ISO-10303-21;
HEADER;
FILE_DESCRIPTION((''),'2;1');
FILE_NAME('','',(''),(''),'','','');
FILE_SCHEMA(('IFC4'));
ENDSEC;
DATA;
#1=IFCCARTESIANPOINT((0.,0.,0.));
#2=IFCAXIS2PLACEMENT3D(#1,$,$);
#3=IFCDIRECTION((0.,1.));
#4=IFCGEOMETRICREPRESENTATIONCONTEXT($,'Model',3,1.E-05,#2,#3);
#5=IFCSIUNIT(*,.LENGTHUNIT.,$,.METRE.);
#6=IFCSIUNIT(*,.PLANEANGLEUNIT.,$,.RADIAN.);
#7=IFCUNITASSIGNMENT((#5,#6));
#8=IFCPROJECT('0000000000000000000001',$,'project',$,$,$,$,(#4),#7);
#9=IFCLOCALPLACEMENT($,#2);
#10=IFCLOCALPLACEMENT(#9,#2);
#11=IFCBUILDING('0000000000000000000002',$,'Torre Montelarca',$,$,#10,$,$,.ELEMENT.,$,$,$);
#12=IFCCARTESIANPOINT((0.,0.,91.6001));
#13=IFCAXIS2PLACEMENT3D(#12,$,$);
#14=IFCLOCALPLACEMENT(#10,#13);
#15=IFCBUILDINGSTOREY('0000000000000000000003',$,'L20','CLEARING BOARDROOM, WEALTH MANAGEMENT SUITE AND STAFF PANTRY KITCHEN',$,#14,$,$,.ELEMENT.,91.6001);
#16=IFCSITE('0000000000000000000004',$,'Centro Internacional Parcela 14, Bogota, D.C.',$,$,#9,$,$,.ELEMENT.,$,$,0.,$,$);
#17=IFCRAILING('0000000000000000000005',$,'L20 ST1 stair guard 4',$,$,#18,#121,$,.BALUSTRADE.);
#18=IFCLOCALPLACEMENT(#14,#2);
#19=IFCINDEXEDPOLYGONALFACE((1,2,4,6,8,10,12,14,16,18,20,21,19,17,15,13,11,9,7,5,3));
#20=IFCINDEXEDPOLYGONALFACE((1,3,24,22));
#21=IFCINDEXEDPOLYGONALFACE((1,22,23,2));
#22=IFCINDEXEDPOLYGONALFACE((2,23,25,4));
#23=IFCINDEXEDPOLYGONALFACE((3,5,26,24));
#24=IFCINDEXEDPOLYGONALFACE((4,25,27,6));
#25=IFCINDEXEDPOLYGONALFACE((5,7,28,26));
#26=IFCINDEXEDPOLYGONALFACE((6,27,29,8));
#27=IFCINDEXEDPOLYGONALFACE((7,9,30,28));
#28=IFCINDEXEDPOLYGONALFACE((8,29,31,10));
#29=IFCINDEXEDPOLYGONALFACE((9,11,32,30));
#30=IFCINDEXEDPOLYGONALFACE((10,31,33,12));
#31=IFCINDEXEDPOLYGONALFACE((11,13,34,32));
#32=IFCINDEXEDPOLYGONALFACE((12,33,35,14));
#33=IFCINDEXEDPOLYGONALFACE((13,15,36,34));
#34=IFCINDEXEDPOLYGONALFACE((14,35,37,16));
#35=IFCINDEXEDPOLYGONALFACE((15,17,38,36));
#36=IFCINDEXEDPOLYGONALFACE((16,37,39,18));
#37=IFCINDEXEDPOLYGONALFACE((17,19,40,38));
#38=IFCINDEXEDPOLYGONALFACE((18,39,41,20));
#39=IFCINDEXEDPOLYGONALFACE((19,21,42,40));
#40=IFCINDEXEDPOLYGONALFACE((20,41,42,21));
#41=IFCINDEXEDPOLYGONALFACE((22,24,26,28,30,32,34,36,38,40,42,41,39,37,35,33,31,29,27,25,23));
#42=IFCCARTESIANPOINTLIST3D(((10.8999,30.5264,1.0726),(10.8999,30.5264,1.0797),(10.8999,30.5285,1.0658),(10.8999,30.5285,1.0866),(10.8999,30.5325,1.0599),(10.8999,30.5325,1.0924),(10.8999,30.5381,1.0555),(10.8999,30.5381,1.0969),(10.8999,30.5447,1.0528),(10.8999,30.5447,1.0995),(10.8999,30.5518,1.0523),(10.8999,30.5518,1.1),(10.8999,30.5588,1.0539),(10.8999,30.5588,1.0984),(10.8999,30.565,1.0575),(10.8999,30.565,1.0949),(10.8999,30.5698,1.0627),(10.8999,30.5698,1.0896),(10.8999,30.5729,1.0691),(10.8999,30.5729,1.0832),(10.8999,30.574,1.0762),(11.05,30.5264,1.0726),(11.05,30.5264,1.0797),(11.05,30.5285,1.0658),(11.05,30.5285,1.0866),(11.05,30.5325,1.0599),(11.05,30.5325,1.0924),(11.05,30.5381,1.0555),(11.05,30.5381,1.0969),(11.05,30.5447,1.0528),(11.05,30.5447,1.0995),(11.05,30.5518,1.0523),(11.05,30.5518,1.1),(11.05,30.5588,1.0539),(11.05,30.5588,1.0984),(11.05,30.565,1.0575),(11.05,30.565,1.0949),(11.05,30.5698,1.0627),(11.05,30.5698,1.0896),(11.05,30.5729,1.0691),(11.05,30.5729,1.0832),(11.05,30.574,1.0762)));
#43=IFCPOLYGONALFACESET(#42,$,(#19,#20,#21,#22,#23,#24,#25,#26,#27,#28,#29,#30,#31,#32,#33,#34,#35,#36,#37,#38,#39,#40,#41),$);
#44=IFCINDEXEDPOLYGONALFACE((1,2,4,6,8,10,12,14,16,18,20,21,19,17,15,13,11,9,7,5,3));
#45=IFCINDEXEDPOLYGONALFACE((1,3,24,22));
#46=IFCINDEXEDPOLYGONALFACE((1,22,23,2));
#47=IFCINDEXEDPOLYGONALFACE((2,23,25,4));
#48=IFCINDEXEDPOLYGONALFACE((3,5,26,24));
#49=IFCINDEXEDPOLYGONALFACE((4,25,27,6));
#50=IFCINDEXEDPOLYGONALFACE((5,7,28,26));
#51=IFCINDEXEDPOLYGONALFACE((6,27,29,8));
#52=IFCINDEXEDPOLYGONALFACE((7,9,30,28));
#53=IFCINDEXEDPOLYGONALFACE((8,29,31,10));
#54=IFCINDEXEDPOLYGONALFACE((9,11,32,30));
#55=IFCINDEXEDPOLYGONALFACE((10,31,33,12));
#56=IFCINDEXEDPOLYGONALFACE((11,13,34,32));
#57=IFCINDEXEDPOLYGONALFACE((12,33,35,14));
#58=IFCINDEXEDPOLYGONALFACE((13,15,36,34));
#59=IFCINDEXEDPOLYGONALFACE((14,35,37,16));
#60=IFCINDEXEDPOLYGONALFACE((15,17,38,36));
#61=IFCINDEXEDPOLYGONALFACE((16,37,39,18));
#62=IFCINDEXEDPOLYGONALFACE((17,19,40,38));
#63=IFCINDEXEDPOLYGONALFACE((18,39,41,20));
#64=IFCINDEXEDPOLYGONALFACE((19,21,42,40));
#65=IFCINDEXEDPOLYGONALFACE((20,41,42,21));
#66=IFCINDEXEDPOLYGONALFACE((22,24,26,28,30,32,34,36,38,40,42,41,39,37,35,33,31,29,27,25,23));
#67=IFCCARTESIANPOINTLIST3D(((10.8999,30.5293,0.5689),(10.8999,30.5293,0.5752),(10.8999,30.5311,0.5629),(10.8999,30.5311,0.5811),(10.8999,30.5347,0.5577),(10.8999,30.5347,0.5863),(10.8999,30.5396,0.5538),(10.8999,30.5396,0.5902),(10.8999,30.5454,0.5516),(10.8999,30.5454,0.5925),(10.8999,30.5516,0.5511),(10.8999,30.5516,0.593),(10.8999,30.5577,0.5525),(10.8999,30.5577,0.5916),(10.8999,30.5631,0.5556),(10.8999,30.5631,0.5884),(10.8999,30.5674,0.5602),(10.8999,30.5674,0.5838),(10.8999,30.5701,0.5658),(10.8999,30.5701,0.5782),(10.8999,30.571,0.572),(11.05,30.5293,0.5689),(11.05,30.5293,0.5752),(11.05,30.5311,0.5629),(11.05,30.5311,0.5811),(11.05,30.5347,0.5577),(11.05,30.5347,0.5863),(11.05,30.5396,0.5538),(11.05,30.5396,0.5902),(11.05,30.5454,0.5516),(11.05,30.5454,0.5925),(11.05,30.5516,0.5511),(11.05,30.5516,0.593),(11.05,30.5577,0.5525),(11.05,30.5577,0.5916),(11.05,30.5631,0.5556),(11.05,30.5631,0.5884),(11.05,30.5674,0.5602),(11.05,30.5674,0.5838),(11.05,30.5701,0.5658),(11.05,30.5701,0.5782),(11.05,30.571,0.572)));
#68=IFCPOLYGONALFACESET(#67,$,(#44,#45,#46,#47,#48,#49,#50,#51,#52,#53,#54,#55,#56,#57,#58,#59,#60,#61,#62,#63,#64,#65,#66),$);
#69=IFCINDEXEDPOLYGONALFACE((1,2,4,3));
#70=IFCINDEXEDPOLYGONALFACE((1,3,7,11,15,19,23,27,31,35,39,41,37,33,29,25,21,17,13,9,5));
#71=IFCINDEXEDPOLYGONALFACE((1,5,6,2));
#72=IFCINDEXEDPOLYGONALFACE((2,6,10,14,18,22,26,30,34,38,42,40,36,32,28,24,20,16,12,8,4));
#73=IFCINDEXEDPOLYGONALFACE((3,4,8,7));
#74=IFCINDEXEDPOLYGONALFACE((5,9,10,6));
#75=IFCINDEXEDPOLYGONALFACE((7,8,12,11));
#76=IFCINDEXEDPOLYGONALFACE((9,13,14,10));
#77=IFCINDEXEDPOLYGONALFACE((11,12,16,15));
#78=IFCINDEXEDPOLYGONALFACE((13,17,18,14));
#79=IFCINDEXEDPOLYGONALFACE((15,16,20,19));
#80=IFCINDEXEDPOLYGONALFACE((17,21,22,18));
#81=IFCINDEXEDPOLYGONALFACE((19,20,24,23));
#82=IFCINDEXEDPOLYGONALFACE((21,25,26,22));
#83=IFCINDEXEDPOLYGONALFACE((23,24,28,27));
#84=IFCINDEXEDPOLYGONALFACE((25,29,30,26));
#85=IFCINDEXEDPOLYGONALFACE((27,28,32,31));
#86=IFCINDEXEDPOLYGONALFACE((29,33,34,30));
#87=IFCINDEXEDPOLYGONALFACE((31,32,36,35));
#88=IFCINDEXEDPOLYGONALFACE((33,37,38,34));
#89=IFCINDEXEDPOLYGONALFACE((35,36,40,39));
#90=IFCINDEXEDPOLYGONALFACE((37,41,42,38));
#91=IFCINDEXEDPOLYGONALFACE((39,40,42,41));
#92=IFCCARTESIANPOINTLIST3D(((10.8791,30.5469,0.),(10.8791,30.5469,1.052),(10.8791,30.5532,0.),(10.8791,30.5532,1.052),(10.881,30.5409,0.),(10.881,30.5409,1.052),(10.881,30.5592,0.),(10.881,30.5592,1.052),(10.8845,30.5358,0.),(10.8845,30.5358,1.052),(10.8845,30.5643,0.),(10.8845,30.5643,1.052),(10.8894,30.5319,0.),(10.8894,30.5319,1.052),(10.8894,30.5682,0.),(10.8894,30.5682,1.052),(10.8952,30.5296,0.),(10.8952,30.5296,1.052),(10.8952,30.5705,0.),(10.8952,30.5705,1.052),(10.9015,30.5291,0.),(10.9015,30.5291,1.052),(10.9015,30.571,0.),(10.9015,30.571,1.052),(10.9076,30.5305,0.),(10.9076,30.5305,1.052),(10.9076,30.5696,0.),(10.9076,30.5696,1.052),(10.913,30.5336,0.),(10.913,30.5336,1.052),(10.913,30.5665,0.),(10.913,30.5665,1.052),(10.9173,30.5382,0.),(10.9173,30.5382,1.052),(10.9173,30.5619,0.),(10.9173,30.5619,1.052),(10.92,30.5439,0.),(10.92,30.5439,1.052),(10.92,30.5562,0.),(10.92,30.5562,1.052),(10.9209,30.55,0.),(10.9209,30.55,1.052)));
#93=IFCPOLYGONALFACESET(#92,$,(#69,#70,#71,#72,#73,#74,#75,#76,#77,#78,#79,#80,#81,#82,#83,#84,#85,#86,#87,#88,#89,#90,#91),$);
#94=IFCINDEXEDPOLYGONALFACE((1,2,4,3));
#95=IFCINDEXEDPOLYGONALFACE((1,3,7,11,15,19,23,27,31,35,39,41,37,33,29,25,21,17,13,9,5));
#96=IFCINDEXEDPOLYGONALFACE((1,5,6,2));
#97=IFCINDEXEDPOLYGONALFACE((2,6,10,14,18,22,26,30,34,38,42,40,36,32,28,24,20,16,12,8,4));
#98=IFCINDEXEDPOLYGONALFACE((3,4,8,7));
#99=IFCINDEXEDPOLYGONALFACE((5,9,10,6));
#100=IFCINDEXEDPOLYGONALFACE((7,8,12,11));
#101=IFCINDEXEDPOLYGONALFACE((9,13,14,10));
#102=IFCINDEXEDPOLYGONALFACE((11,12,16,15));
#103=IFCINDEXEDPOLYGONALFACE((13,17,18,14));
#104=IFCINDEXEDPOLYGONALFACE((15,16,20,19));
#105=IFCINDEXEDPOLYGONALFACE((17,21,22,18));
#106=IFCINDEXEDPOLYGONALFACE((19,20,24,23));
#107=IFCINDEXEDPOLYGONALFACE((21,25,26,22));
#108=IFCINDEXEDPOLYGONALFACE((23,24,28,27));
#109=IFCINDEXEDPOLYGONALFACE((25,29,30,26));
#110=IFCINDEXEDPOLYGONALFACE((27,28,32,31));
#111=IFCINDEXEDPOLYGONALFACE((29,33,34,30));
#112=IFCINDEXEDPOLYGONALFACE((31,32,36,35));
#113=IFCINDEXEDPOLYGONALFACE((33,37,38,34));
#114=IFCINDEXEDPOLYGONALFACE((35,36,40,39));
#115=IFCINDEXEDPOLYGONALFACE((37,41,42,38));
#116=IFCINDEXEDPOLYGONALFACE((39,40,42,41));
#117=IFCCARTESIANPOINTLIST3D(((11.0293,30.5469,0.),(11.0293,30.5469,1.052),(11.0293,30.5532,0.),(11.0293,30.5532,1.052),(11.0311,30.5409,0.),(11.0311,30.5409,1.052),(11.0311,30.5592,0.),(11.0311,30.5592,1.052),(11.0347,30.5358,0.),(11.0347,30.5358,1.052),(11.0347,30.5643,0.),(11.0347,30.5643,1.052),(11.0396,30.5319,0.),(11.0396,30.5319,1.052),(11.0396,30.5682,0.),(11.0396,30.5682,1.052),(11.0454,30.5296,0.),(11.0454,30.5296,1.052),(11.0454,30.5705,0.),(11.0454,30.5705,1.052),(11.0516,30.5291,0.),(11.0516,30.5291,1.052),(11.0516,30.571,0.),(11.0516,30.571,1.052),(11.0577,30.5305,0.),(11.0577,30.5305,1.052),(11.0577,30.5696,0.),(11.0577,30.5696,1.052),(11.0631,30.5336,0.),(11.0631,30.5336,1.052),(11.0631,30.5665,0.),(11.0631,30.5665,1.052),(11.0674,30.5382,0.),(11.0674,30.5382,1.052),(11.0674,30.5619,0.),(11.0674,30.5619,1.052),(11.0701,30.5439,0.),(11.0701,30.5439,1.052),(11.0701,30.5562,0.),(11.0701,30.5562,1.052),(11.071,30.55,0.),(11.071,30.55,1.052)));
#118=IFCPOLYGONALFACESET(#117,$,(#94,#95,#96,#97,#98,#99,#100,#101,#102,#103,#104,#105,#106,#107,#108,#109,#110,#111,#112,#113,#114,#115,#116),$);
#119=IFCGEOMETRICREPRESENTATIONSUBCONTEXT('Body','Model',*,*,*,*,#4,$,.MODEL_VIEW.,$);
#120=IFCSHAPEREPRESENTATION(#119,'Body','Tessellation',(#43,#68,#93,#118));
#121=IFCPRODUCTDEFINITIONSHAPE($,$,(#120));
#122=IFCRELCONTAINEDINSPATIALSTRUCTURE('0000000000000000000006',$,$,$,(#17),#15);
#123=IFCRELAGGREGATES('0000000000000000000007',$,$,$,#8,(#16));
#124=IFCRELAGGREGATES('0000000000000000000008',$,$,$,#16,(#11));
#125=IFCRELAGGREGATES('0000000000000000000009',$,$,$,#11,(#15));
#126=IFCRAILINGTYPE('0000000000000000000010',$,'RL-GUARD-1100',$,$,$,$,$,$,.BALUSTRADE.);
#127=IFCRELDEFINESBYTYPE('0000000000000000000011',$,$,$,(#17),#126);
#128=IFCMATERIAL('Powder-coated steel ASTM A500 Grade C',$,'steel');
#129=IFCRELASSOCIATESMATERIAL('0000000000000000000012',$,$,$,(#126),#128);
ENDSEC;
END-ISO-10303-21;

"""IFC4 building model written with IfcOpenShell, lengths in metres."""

from ifc_helpers import new_model, si_unit, direction, frame, origin, origin_2d, place, context, subcontext, project, spatial, circle, extrude, material, type_object, element, save


model = new_model("IFC4")

# Units and contexts
model_context = context("Model", 3, precision=1e-05, world=origin(), true_north=direction((0.0, 1.0)))
body_context = subcontext(model_context, "Body", "Model", "MODEL_VIEW")
ifc_project = project(units=[si_unit("LENGTHUNIT", "METRE"), si_unit("PLANEANGLEUNIT", "RADIAN")], contexts=[model_context])

# Site, building, storey
site_placement = place(None, origin())
site = spatial("IfcSite", under=ifc_project, at=site_placement, Name="Centro Internacional Parcela 14, Bogota, D.C.", CompositionType="ELEMENT", RefElevation=0.0)
building_placement = place(site_placement, origin())
building = spatial("IfcBuilding", under=site, at=building_placement, Name="Torre Montelarca", CompositionType="ELEMENT")
storey_placement = place(building_placement, frame((0.0, 0.0, 91.6001)))
storey = spatial("IfcBuildingStorey", under=building, at=storey_placement, Name="L20", Description="CLEARING BOARDROOM, WEALTH MANAGEMENT SUITE AND STAFF PANTRY KITCHEN", CompositionType="ELEMENT", Elevation=91.6001)

# Railing
ifc_material_1 = material(Name="Powder-coated steel ASTM A500 Grade C", Category="steel")
railing_type_1 = type_object("IfcRailingType", Name="RL-GUARD-1100", PredefinedType="BALUSTRADE", material=ifc_material_1)
railing_1_placement = place(storey_placement, frame((10.8999, 30.55, 0.0)))
element("IfcRailing", 1, at=railing_1_placement, inside=storey, type_object=railing_type_1, Name="L20 ST1 stair guard 4", PredefinedType="BALUSTRADE", context=body_context, shape_type="SweptSolid", body=[
    extrude(circle(Radius=0.0239, at=origin_2d()), frame((0.0, 0.0, 1.0762), z_axis=(1.0, 0.0, 0.0), x_axis=(0.0, 1.0, 0.0)), (0.0, 0.0, 1.0), 0.1501),
    extrude(circle(Radius=0.021, at=origin_2d()), frame((0.0, 0.0, 0.572), z_axis=(1.0, 0.0, 0.0), x_axis=(0.0, 1.0, 0.0)), (0.0, 0.0, 1.0), 0.1501),
    extrude(circle(Radius=0.021, at=origin_2d()), origin(), (0.0, 0.0, 1.0), 1.052),
    extrude(circle(Radius=0.021, at=origin_2d()), frame((0.1501, 0.0, 0.0)), (0.0, 0.0, 1.0), 1.052),
])

save(model, "model.ifc")
